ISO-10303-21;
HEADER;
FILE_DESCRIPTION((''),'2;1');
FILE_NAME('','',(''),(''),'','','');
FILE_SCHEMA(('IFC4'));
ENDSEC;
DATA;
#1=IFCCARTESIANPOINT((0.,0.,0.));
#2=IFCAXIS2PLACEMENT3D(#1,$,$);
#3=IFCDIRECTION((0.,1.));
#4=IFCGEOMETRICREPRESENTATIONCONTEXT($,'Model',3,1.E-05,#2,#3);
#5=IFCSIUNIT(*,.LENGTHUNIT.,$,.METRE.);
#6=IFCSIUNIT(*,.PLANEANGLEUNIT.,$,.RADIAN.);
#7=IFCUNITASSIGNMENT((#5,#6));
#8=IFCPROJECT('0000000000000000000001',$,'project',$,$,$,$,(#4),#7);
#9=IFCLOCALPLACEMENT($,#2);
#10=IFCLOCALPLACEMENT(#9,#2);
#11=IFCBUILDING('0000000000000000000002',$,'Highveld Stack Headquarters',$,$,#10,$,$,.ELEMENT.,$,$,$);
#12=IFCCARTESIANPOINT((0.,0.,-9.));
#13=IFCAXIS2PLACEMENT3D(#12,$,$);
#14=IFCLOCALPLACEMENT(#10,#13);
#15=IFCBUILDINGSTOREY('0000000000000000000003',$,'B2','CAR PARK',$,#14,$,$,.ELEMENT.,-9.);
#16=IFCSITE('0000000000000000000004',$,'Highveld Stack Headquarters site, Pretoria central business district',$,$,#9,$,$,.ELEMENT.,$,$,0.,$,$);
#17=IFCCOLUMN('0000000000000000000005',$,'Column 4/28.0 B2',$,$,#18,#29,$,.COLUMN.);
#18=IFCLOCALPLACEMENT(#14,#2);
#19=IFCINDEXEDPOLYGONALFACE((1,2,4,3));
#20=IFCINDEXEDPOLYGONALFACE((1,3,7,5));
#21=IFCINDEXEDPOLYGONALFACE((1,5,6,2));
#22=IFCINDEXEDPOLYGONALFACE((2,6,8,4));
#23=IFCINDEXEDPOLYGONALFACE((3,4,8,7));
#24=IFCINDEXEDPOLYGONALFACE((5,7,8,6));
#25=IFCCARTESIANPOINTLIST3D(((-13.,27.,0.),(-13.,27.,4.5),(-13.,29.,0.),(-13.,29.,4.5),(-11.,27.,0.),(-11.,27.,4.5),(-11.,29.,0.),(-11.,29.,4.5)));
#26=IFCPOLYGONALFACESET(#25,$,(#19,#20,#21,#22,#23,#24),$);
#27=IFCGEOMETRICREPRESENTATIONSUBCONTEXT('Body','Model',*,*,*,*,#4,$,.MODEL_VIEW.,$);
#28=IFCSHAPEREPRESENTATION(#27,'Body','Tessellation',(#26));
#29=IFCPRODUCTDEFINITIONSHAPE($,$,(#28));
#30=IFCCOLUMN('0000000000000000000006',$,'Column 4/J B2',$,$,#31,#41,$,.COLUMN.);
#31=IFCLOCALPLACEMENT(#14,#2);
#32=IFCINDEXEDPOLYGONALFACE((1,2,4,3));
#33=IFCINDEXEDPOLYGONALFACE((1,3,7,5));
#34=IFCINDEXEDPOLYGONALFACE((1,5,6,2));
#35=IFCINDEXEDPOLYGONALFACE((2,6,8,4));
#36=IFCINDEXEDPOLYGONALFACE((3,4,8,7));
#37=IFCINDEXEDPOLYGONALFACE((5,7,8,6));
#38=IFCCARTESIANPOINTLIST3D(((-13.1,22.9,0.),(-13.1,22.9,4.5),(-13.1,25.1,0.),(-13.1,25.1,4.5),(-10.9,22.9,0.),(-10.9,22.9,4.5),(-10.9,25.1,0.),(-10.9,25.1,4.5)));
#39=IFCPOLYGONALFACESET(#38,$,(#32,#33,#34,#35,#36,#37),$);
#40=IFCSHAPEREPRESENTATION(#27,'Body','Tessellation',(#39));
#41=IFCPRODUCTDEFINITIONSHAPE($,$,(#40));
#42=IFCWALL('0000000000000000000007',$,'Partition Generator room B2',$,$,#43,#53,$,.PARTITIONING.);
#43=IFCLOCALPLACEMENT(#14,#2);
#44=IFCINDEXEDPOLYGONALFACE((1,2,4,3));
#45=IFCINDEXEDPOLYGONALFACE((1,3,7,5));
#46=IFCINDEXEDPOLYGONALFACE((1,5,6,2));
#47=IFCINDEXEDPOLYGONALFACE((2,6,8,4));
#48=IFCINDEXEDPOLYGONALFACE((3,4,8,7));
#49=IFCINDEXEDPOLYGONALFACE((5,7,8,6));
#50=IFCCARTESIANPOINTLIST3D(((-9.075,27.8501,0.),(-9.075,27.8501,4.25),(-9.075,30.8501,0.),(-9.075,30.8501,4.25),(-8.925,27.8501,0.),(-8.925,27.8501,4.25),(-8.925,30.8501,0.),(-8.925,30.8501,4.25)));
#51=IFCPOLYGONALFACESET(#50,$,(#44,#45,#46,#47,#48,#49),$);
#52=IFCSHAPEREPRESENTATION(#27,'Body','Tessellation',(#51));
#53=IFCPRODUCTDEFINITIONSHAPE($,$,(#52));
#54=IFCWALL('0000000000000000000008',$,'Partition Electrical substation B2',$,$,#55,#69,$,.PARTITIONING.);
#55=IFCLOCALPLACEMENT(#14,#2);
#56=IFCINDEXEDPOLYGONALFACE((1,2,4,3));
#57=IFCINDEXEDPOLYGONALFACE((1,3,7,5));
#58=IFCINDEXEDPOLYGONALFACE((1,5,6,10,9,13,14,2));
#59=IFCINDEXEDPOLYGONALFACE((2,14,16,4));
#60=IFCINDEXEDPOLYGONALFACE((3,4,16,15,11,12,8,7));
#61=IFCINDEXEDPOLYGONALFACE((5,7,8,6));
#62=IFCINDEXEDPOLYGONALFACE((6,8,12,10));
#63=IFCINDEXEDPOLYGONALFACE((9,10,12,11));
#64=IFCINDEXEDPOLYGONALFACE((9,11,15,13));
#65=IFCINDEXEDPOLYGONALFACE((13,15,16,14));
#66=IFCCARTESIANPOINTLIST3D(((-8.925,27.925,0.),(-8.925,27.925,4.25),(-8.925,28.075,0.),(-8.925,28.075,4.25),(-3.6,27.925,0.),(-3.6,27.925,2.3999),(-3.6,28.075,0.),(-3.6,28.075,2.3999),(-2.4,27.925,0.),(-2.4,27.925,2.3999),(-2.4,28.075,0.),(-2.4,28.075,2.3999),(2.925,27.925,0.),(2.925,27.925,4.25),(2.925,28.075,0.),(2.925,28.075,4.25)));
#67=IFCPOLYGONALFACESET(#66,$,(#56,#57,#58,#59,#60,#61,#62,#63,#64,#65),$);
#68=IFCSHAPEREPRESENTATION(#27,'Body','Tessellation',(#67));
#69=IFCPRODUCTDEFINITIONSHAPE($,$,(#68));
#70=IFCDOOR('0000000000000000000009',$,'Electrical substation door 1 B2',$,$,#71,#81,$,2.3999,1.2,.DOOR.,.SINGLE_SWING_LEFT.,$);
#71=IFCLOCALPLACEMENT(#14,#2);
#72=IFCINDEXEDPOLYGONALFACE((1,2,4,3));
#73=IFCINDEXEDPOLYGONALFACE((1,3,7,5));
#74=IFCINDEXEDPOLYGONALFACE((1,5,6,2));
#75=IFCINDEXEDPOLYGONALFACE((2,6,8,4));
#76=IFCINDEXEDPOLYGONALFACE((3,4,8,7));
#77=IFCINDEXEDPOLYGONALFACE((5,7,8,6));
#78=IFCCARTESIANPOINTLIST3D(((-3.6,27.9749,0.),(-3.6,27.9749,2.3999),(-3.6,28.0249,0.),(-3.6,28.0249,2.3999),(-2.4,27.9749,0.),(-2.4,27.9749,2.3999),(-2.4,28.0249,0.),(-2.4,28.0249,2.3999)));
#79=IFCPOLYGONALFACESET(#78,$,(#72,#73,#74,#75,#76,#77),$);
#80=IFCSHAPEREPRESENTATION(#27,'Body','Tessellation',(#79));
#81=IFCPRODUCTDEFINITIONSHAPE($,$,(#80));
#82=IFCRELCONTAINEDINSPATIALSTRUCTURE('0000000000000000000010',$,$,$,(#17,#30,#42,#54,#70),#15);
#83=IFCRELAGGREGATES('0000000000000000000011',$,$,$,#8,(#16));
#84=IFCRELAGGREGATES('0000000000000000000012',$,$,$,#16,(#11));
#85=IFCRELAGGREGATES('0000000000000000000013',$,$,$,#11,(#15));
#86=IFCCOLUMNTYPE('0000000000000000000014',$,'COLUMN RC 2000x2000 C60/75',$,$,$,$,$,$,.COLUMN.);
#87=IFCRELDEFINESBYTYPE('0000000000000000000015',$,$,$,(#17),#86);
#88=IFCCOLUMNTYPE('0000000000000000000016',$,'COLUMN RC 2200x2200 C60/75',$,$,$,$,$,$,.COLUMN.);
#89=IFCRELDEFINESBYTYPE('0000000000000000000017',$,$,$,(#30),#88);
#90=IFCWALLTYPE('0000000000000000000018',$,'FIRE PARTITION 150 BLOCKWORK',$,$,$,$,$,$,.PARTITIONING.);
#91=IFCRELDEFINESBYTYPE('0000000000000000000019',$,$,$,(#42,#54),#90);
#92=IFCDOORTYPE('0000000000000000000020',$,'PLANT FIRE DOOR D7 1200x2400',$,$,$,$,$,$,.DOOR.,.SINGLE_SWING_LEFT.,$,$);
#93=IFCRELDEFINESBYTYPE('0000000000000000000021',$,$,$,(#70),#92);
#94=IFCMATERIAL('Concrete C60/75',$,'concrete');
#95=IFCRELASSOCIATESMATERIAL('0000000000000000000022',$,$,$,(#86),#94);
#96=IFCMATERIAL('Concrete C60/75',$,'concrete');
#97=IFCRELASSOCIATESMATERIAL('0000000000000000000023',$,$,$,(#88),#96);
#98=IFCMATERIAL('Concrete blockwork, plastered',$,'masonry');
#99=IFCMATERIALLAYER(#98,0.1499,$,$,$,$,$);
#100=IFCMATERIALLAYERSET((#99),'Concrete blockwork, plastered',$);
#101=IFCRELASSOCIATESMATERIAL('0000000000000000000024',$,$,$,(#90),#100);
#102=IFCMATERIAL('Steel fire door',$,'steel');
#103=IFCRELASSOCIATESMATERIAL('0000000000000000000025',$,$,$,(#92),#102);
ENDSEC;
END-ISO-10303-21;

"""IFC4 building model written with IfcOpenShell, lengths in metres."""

from ifc_helpers import new_model, si_unit, direction, frame, frame_2d, origin, origin_2d, place, context, subcontext, project, spatial, rectangle, extrude, material, layer, layer_set, material_profile, profile_set, type_object, element, fill, save


model = new_model("IFC4")

# Units and contexts
model_context = context("Model", 3, precision=1e-05, world=origin(), true_north=direction((0.0, 1.0)))
body_context = subcontext(model_context, "Body", "Model", "MODEL_VIEW")
ifc_project = project(units=[si_unit("LENGTHUNIT", "METRE"), si_unit("PLANEANGLEUNIT", "RADIAN")], contexts=[model_context])

# Site, building, storey
site_placement = place(None, origin())
site = spatial("IfcSite", under=ifc_project, at=site_placement, Name="Highveld Stack Headquarters site, Pretoria central business district", CompositionType="ELEMENT", RefElevation=0.0)
building_placement = place(site_placement, origin())
building = spatial("IfcBuilding", under=site, at=building_placement, Name="Highveld Stack Headquarters", CompositionType="ELEMENT")
storey_placement = place(building_placement, frame((0.0, 0.0, -9.0)))
storey = spatial("IfcBuildingStorey", under=building, at=storey_placement, Name="B2", Description="CAR PARK", CompositionType="ELEMENT", Elevation=-9.0)

# Columns
ifc_material_1 = material(Name="Concrete C60/75", Category="concrete")
ifc_material_profile_1 = material_profile(ifc_material_1, rectangle(XDim=2.0, YDim=2.0, at=origin_2d()), Name="RC 2000x2000")
ifc_profile_set_1 = profile_set([ifc_material_profile_1], Name="Concrete C60/75")
column_type_1 = type_object("IfcColumnType", Name="COLUMN RC 2000x2000 C60/75", PredefinedType="COLUMN", material=ifc_profile_set_1)
for number, where, z_axis, x_axis, name in (
    (1, (-12.0, 28.0, 0.0), (0.0, 0.0, 1.0), (1.0, 0.0, 0.0), "Column 4/28.0 B2"),
):
    element("IfcColumn", number, at=place(storey_placement, frame(where, z_axis=z_axis, x_axis=x_axis)), inside=storey, type_object=column_type_1, Name=name, PredefinedType="COLUMN", context=body_context, shape_type="SweptSolid", body=[
        extrude(rectangle(XDim=2.0, YDim=2.0, at=origin_2d()), origin(), (0.0, 0.0, 1.0), 4.5),
    ])
ifc_material_2 = material(Name="Concrete C60/75", Category="concrete")
ifc_material_profile_2 = material_profile(ifc_material_2, rectangle(XDim=2.2, YDim=2.2, at=origin_2d()), Name="RC 2200x2200")
ifc_profile_set_2 = profile_set([ifc_material_profile_2], Name="Concrete C60/75")
column_type_2 = type_object("IfcColumnType", Name="COLUMN RC 2200x2200 C60/75", PredefinedType="COLUMN", material=ifc_profile_set_2)
column_placement = place(storey_placement, frame((-12.0, 24.0, 0.0), z_axis=(0.0, 0.0, 1.0), x_axis=(1.0, 0.0, 0.0)))
element("IfcColumn", 2, at=column_placement, inside=storey, type_object=column_type_2, Name="Column 4/J B2", PredefinedType="COLUMN", context=body_context, shape_type="SweptSolid", body=[
    extrude(rectangle(XDim=2.2, YDim=2.2, at=origin_2d()), origin(), (0.0, 0.0, 1.0), 4.5),
])

# Wall
ifc_material_3 = material(Name="Concrete blockwork, plastered", Category="masonry")
ifc_layer = layer(ifc_material_3, 0.1499)
ifc_layer_set = layer_set([ifc_layer], Name="Concrete blockwork, plastered")
wall_type = type_object("IfcWallType", Name="FIRE PARTITION 150 BLOCKWORK", PredefinedType="PARTITIONING", material=ifc_layer_set)
wall_1_placement = place(storey_placement, frame((-9.0, 27.8501, 0.0), z_axis=(0.0, 0.0, 1.0), x_axis=(0.0, 1.0, 0.0)))
element("IfcWall", 3, at=wall_1_placement, inside=storey, type_object=wall_type, Name="Partition Generator room B2", PredefinedType="PARTITIONING", context=body_context, shape_type="SweptSolid", body=[
    extrude(rectangle(XDim=3.0, YDim=0.1499, at=frame_2d((1.5, 0.0))), origin(), (0.0, 0.0, 1.0), 4.25),
])

# Wall, opening, door
wall_2_placement = place(storey_placement, frame((-8.925, 28.0, 0.0), z_axis=(0.0, 0.0, 1.0), x_axis=(1.0, 0.0, 0.0)))
wall_2 = element("IfcWall", 4, at=wall_2_placement, inside=storey, type_object=wall_type, Name="Partition Electrical substation B2", PredefinedType="PARTITIONING", context=body_context, shape_type="SweptSolid", body=[
    extrude(rectangle(XDim=11.8501, YDim=0.1499, at=frame_2d((5.925, 0.0))), origin(), (0.0, 0.0, 1.0), 4.25),
])
opening_placement = place(wall_2_placement, frame((5.325, 0.0, 0.0)))
opening = element("IfcOpeningElement", 5, at=opening_placement, cuts=wall_2, PredefinedType="OPENING", context=body_context, shape_type="SweptSolid", body=[
    extrude(rectangle(XDim=1.2, YDim=2.3999, at=frame_2d((0.6001, 1.2))), frame((0.0, 0.085, 0.0), z_axis=(0.0, -1.0, 0.0), x_axis=(1.0, 0.0, 0.0)), (0.0, 0.0, 1.0), 0.1699),
])
ifc_material_4 = material(Name="Steel fire door", Category="steel")
door_type = type_object("IfcDoorType", Name="PLANT FIRE DOOR D7 1200x2400", OperationType="SINGLE_SWING_LEFT", PredefinedType="DOOR", material=ifc_material_4)
door_placement = place(opening_placement, origin())
door = element("IfcDoor", 6, at=door_placement, inside=storey, type_object=door_type, Name="Electrical substation door 1 B2", OperationType="SINGLE_SWING_LEFT", OverallHeight=2.3999, OverallWidth=1.2, PredefinedType="DOOR", context=body_context, shape_type="SweptSolid", body=[
    extrude(rectangle(XDim=1.2, YDim=2.3999, at=frame_2d((0.6001, 1.2))), frame((0.0, 0.0249, 0.0), z_axis=(0.0, -1.0, 0.0), x_axis=(1.0, 0.0, 0.0)), (0.0, 0.0, 1.0), 0.05),
])
fill(opening, door)

save(model, "model.ifc")
